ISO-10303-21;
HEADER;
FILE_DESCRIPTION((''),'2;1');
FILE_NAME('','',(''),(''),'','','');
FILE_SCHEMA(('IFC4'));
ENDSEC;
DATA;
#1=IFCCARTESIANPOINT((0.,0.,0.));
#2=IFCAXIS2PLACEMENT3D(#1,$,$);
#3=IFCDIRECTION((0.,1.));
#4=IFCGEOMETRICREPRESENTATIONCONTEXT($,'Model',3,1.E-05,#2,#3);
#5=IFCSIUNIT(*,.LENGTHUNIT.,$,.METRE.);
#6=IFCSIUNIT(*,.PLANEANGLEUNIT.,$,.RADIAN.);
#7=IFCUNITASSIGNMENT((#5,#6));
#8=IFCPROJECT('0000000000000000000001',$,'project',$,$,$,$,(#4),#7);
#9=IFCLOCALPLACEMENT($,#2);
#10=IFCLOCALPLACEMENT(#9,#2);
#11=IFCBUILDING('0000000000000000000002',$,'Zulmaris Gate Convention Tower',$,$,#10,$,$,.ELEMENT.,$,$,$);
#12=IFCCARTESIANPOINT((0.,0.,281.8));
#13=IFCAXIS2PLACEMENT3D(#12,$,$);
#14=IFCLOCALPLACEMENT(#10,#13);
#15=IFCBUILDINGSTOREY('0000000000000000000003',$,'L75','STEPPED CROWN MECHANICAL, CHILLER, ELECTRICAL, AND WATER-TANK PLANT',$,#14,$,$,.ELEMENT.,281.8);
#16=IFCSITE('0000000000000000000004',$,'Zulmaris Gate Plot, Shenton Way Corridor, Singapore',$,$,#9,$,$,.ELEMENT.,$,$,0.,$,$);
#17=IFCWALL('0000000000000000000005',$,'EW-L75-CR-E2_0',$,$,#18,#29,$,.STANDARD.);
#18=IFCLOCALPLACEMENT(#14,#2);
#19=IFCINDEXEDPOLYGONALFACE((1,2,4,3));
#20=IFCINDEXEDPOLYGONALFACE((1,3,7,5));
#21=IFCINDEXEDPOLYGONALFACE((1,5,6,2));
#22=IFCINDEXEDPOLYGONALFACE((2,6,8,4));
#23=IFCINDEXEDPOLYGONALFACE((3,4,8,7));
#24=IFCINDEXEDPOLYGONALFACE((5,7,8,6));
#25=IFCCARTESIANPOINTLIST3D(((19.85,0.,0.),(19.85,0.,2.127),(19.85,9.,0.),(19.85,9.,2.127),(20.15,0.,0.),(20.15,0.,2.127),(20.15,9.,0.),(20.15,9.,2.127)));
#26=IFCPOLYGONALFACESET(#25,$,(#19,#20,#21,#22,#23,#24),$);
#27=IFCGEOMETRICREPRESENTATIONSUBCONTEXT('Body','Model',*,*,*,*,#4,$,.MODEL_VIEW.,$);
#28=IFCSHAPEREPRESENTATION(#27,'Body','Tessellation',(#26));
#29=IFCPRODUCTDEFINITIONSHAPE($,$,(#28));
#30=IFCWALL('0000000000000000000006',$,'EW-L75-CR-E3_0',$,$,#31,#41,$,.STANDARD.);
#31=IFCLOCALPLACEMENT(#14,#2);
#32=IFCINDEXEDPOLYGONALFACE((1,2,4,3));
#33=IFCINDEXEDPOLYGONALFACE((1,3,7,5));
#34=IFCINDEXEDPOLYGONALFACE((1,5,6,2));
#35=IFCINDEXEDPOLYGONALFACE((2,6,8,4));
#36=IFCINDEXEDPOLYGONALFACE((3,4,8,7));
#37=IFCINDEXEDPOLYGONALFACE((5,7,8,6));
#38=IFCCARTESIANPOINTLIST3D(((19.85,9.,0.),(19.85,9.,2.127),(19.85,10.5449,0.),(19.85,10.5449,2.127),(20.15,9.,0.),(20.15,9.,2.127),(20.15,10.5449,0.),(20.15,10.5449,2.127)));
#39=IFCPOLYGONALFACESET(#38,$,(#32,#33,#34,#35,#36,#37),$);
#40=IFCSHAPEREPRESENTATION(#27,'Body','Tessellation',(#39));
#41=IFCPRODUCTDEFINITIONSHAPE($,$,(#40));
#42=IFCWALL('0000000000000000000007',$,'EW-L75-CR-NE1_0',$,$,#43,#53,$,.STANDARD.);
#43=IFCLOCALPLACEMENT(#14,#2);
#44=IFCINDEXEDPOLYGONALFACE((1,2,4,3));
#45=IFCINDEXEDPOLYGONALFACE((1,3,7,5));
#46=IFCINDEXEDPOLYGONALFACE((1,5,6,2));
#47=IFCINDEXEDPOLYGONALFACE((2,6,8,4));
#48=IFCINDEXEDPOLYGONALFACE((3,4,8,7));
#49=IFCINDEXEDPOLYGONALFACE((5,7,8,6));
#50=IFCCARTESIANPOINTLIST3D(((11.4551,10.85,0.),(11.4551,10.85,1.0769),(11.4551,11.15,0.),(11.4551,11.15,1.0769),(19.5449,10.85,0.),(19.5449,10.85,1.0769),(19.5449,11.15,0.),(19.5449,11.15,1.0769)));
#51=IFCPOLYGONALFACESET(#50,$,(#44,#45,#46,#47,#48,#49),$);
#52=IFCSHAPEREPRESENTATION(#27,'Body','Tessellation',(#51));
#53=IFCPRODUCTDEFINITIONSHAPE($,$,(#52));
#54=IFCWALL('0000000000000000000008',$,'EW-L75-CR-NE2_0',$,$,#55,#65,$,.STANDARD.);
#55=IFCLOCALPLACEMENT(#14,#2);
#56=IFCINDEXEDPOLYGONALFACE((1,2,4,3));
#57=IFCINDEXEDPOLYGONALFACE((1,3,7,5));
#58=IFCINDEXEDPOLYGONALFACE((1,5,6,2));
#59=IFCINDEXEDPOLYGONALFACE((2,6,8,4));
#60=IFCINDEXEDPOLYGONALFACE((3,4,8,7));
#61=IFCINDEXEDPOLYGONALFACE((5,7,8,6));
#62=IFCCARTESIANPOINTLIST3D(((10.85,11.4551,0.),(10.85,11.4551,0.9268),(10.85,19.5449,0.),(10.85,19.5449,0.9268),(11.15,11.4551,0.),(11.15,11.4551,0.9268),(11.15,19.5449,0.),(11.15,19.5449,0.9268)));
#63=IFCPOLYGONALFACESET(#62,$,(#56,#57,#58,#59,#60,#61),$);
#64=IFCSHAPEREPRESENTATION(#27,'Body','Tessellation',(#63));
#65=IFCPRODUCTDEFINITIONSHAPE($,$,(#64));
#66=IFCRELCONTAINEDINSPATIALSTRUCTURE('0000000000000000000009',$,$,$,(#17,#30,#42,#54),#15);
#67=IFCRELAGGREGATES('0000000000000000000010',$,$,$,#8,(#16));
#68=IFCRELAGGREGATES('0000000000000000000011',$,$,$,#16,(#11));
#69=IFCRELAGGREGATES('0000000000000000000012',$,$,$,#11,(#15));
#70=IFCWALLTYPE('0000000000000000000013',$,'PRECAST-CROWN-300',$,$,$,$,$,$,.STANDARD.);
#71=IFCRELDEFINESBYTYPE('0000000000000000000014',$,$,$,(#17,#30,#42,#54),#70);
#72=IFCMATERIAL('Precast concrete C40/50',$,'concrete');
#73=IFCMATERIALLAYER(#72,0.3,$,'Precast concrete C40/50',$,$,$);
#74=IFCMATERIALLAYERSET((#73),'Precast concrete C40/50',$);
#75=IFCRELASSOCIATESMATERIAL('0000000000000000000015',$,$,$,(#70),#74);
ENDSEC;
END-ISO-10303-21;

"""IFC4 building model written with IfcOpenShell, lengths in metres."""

from ifc_helpers import new_model, si_unit, direction, frame, frame_2d, origin, place, context, subcontext, project, spatial, rectangle, extrude, material, layer, layer_set, type_object, element, save


model = new_model("IFC4")

# Units and contexts
model_context = context("Model", 3, precision=1e-05, world=origin(), true_north=direction((0.0, 1.0)))
body_context = subcontext(model_context, "Body", "Model", "MODEL_VIEW")
ifc_project = project(units=[si_unit("LENGTHUNIT", "METRE"), si_unit("PLANEANGLEUNIT", "RADIAN")], contexts=[model_context])

# Site, building, storey
site_placement = place(None, origin())
site = spatial("IfcSite", under=ifc_project, at=site_placement, Name="Zulmaris Gate Plot, Shenton Way Corridor, Singapore", CompositionType="ELEMENT", RefElevation=0.0)
building_placement = place(site_placement, origin())
building = spatial("IfcBuilding", under=site, at=building_placement, Name="Zulmaris Gate Convention Tower", CompositionType="ELEMENT")
storey_placement = place(building_placement, frame((0.0, 0.0, 281.8)))
storey = spatial("IfcBuildingStorey", under=building, at=storey_placement, Name="L75", Description="STEPPED CROWN MECHANICAL, CHILLER, ELECTRICAL, AND WATER-TANK PLANT", CompositionType="ELEMENT", Elevation=281.8)

# Walls
ifc_material_1 = material(Name="Precast concrete C40/50", Category="concrete")
ifc_layer_1 = layer(ifc_material_1, 0.3, Name="Precast concrete C40/50")
ifc_layer_set_1 = layer_set([ifc_layer_1], Name="Precast concrete C40/50")
wall_type_1 = type_object("IfcWallType", Name="PRECAST-CROWN-300", PredefinedType="STANDARD", material=ifc_layer_set_1)
wall_1_placement = place(storey_placement, frame((20.0, 0.0, 0.0), z_axis=(0.0, 0.0, 1.0), x_axis=(0.0, 1.0, 0.0)))
element("IfcWall", 1, at=wall_1_placement, inside=storey, type_object=wall_type_1, Name="EW-L75-CR-E2_0", PredefinedType="STANDARD", context=body_context, shape_type="SweptSolid", body=[
    extrude(rectangle(XDim=9.0, YDim=0.3, at=frame_2d((4.5, 0.0))), origin(), (0.0, 0.0, 1.0), 2.127),
])
wall_2_placement = place(storey_placement, frame((20.0, 9.0, 0.0), z_axis=(0.0, 0.0, 1.0), x_axis=(0.0, 1.0, 0.0)))
element("IfcWall", 2, at=wall_2_placement, inside=storey, type_object=wall_type_1, Name="EW-L75-CR-E3_0", PredefinedType="STANDARD", context=body_context, shape_type="SweptSolid", body=[
    extrude(rectangle(XDim=1.5449, YDim=0.3, at=frame_2d((0.7725, 0.0))), origin(), (0.0, 0.0, 1.0), 2.127),
])
wall_3_placement = place(storey_placement, frame((19.5449, 11.0, 0.0), z_axis=(0.0, 0.0, 1.0), x_axis=(-1.0, 0.0, 0.0)))
element("IfcWall", 3, at=wall_3_placement, inside=storey, type_object=wall_type_1, Name="EW-L75-CR-NE1_0", PredefinedType="STANDARD", context=body_context, shape_type="SweptSolid", body=[
    extrude(rectangle(XDim=8.0898, YDim=0.3, at=frame_2d((4.0449, 0.0))), origin(), (0.0, 0.0, 1.0), 1.0769),
])
wall_4_placement = place(storey_placement, frame((11.0, 11.4551, 0.0), z_axis=(0.0, 0.0, 1.0), x_axis=(0.0, 1.0, 0.0)))
element("IfcWall", 4, at=wall_4_placement, inside=storey, type_object=wall_type_1, Name="EW-L75-CR-NE2_0", PredefinedType="STANDARD", context=body_context, shape_type="SweptSolid", body=[
    extrude(rectangle(XDim=8.0898, YDim=0.3, at=frame_2d((4.0449, 0.0))), origin(), (0.0, 0.0, 1.0), 0.9268),
])

save(model, "model.ifc")
